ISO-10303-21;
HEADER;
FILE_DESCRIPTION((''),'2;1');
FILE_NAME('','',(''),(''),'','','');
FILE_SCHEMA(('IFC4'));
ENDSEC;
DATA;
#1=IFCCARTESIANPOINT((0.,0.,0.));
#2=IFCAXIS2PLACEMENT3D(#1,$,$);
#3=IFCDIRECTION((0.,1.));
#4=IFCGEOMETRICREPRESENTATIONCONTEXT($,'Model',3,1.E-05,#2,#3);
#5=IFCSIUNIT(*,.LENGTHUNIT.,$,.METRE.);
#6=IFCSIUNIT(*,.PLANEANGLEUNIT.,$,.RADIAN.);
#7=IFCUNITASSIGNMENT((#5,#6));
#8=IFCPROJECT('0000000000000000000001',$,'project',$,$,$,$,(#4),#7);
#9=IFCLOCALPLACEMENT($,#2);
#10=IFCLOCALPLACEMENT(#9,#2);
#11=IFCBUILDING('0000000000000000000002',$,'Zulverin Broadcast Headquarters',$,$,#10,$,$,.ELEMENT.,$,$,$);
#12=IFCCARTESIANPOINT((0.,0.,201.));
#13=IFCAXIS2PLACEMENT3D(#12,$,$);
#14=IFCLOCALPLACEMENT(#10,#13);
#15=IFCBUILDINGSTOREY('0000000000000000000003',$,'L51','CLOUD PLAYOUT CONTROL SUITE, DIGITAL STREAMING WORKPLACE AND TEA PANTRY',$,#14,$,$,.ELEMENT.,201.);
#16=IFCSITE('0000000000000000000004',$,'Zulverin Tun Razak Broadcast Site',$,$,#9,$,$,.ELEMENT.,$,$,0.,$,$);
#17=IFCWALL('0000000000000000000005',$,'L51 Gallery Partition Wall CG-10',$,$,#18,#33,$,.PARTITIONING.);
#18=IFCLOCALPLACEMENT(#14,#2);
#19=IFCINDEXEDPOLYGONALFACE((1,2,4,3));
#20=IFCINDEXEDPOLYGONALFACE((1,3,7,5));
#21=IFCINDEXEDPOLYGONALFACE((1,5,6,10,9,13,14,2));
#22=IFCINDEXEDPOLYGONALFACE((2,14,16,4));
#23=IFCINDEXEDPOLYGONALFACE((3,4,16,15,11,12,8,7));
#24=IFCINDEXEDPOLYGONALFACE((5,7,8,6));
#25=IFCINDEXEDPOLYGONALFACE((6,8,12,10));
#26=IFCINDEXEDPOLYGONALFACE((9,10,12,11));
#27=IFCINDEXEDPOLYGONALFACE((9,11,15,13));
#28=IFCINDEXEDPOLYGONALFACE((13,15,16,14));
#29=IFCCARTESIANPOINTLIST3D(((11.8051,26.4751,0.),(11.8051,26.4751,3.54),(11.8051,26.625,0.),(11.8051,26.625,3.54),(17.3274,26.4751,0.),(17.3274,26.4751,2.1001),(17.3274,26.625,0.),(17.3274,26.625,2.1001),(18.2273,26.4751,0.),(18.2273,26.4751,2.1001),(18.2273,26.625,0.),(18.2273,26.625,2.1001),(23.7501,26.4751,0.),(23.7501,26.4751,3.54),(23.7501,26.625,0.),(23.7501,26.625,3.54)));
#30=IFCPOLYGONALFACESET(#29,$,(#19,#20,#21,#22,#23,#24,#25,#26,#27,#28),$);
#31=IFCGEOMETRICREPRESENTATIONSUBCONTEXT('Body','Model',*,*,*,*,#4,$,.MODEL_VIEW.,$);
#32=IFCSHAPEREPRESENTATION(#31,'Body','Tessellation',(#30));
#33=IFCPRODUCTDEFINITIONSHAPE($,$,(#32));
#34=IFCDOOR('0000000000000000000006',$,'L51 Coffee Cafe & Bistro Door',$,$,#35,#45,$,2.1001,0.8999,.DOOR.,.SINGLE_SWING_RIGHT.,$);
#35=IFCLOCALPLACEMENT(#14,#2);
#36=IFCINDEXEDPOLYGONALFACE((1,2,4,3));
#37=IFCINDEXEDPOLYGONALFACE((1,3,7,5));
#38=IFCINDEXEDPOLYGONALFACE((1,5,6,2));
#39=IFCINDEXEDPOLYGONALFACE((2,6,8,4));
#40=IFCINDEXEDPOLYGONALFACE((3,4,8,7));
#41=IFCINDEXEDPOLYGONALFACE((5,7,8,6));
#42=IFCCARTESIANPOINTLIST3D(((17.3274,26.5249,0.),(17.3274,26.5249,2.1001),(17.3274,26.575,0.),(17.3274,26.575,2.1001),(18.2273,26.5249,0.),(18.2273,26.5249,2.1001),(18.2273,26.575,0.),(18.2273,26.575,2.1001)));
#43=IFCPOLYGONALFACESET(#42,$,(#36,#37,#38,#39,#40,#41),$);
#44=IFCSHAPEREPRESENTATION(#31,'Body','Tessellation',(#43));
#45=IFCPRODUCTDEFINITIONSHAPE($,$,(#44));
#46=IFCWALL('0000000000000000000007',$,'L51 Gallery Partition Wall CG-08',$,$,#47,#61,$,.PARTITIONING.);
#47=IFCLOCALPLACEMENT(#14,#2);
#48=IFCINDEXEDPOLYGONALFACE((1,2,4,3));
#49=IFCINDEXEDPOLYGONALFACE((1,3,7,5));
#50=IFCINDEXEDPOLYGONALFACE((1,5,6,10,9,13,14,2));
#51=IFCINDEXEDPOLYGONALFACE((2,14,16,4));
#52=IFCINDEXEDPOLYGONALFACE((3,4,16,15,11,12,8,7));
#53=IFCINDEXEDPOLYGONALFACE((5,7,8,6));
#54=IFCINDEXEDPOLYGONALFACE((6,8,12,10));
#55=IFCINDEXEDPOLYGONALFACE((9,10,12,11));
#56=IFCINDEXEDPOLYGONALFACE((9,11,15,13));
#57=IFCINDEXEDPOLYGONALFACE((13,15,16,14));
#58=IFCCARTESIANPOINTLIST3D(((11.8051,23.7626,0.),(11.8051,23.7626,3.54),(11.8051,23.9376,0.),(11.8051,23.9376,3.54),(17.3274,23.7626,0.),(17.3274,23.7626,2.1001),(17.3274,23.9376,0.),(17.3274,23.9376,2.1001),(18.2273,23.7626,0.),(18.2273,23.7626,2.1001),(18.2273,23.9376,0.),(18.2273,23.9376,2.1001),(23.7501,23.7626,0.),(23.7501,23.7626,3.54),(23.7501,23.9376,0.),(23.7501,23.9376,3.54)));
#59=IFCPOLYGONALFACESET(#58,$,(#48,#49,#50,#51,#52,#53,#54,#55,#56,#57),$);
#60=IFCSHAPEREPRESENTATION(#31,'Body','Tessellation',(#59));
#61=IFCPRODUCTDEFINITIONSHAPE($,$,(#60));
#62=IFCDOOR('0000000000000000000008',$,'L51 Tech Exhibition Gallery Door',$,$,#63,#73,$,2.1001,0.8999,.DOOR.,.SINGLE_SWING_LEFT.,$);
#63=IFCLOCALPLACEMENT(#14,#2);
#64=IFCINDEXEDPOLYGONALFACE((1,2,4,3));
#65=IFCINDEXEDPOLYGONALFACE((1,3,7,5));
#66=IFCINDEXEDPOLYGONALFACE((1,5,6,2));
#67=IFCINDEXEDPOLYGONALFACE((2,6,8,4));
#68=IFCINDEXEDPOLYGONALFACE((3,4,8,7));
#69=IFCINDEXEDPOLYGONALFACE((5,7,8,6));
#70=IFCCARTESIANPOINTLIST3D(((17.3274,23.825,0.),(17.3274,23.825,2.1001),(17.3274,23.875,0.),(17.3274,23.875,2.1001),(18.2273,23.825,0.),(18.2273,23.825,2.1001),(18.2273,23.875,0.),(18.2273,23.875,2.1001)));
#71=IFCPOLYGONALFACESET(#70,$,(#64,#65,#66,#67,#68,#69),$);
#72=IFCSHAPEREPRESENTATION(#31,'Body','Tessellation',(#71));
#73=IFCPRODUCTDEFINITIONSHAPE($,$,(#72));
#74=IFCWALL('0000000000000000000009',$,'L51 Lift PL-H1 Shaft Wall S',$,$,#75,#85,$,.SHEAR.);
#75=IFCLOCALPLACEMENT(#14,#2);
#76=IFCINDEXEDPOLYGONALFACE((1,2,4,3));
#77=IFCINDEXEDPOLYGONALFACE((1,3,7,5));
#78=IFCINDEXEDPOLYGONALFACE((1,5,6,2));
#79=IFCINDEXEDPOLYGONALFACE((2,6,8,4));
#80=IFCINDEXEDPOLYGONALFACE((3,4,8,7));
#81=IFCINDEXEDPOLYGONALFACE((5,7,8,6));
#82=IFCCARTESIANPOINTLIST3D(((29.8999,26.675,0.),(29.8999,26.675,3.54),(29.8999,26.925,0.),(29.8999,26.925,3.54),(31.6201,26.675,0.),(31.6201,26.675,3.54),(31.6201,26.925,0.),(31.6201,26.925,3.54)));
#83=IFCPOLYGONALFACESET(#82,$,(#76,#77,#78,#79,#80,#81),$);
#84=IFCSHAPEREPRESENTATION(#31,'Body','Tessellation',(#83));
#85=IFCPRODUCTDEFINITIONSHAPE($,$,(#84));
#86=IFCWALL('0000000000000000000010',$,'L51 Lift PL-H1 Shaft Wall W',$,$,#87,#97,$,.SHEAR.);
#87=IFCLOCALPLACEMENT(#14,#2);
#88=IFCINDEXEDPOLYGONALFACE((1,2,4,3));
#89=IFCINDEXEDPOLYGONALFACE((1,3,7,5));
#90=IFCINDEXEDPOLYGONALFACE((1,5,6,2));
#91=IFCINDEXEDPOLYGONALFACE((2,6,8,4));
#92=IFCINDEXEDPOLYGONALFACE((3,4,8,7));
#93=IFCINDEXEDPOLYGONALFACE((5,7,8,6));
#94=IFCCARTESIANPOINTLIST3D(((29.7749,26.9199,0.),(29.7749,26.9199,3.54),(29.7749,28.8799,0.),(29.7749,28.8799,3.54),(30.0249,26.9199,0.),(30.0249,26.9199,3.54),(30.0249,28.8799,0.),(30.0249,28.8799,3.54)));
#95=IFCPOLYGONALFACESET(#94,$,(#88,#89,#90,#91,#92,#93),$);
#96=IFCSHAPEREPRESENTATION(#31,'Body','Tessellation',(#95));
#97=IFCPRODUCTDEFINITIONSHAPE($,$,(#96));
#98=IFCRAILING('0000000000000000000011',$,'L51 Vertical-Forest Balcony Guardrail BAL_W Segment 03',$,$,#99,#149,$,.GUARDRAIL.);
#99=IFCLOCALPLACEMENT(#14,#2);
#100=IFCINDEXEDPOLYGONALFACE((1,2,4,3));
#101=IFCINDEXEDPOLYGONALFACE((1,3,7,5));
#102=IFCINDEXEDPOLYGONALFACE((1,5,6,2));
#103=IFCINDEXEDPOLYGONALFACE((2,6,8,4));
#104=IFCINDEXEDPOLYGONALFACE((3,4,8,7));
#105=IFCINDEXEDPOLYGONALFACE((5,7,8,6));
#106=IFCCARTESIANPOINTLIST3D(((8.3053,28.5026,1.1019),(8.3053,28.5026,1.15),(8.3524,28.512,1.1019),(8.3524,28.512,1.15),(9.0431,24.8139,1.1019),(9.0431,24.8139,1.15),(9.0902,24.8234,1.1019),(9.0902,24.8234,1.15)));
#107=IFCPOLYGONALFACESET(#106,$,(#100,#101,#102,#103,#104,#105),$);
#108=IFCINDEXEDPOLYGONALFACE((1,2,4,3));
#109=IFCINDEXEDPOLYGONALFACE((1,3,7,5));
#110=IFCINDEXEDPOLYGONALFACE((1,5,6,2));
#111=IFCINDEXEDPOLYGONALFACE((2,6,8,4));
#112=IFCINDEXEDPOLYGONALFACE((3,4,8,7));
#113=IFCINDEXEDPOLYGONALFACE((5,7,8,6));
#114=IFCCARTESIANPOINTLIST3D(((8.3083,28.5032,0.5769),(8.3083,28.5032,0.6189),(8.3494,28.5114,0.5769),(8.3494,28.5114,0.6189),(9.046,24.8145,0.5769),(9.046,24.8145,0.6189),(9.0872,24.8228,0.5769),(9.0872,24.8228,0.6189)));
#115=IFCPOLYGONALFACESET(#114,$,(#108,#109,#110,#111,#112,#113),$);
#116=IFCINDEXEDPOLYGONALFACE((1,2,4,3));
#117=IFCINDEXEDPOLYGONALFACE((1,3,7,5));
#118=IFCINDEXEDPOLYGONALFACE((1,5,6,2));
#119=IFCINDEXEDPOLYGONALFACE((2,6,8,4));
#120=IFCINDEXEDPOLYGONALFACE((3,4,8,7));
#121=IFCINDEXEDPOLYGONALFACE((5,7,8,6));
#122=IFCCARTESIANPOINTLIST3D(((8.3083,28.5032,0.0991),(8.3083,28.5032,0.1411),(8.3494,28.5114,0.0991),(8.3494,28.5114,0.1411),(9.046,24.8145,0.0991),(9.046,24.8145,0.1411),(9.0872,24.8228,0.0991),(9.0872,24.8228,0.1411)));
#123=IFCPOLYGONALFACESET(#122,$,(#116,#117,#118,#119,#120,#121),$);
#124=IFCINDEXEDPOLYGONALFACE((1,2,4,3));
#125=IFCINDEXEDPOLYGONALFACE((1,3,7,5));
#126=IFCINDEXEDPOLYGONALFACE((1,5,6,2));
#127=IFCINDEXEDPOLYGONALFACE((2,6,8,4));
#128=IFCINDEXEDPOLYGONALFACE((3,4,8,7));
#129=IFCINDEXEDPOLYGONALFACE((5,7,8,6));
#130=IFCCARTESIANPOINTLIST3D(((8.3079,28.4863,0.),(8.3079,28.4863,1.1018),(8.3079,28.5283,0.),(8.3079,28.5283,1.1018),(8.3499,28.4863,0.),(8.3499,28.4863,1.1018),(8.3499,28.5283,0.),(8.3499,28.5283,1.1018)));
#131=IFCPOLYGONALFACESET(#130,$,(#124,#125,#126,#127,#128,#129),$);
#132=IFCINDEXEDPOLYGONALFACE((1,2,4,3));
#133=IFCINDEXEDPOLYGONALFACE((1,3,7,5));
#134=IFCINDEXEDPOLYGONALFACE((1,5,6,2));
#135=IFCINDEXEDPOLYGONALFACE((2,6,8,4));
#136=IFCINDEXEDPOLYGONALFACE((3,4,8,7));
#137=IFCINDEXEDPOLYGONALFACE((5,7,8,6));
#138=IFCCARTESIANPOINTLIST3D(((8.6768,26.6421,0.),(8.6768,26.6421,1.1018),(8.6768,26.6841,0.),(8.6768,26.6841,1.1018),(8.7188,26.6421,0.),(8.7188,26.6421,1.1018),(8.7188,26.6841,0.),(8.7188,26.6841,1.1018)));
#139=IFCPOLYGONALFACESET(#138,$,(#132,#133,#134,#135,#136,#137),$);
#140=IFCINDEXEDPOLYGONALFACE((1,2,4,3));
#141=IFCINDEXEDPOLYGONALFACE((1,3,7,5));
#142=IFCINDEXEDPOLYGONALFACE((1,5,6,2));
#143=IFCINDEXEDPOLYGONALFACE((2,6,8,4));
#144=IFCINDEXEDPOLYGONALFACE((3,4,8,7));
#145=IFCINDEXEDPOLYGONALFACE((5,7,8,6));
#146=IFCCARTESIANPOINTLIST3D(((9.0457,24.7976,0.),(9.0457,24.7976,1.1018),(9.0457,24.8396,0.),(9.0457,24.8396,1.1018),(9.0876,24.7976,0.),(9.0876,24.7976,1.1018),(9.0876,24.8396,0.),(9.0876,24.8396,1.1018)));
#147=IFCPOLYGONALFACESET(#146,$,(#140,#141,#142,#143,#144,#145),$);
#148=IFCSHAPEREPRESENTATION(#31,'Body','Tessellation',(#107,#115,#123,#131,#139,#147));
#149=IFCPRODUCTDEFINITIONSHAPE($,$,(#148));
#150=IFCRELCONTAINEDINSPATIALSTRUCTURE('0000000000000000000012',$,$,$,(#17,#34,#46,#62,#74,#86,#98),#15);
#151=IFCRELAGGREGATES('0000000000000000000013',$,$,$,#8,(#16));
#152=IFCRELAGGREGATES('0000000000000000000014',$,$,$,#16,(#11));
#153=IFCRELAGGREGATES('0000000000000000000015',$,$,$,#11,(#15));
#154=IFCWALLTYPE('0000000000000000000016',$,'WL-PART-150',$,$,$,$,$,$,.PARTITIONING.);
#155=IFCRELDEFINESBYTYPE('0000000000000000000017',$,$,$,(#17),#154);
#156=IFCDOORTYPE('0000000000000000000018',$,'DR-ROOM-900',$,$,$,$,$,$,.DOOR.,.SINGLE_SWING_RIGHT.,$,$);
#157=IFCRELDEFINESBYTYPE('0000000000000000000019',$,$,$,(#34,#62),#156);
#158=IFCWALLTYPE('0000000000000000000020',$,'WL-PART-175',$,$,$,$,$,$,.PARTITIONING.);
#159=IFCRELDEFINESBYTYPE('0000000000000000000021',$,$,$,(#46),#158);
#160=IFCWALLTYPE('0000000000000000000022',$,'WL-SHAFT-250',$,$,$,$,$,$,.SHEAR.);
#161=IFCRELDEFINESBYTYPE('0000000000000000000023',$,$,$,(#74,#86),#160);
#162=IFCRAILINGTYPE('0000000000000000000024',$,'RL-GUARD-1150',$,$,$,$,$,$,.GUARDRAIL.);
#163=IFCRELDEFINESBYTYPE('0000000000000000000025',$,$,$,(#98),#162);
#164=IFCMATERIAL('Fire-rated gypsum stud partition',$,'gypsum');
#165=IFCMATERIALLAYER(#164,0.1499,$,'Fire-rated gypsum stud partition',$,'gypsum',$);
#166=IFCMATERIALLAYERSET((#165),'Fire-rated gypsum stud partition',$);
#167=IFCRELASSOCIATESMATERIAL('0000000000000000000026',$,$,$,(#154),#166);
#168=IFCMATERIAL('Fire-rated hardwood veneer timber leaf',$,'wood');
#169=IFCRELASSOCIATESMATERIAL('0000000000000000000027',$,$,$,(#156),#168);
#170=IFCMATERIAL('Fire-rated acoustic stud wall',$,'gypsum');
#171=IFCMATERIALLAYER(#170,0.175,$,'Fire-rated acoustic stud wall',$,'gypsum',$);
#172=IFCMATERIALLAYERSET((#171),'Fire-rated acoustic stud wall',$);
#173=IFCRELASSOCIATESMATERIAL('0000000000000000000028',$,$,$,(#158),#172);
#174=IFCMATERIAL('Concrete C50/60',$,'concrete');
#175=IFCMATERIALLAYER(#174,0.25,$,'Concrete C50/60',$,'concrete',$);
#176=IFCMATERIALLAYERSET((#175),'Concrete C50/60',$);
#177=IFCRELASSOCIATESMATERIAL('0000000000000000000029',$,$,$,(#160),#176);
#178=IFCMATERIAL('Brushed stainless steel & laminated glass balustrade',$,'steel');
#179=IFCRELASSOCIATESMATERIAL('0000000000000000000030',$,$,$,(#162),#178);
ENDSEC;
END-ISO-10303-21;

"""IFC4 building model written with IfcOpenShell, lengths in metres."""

from ifc_helpers import new_model, si_unit, direction, frame, frame_2d, origin, origin_2d, place, context, subcontext, project, spatial, rectangle, extrude, material, layer, layer_set, type_object, element, fill, save


model = new_model("IFC4")

# Units and contexts
model_context = context("Model", 3, precision=1e-05, world=origin(), true_north=direction((0.0, 1.0)))
body_context = subcontext(model_context, "Body", "Model", "MODEL_VIEW")
ifc_project = project(units=[si_unit("LENGTHUNIT", "METRE"), si_unit("PLANEANGLEUNIT", "RADIAN")], contexts=[model_context])

# Site, building, storey
site_placement = place(None, origin())
site = spatial("IfcSite", under=ifc_project, at=site_placement, Name="Zulverin Tun Razak Broadcast Site", CompositionType="ELEMENT", RefElevation=0.0)
building_placement = place(site_placement, origin())
building = spatial("IfcBuilding", under=site, at=building_placement, Name="Zulverin Broadcast Headquarters", CompositionType="ELEMENT")
storey_placement = place(building_placement, frame((0.0, 0.0, 201.0)))
storey = spatial("IfcBuildingStorey", under=building, at=storey_placement, Name="L51", Description="CLOUD PLAYOUT CONTROL SUITE, DIGITAL STREAMING WORKPLACE AND TEA PANTRY", CompositionType="ELEMENT", Elevation=201.0)

# Shared definitions
ifc_material_1 = material(Name="Fire-rated gypsum stud partition", Category="gypsum")
ifc_layer_1 = layer(ifc_material_1, 0.1499, Name="Fire-rated gypsum stud partition", Category="gypsum")
ifc_layer_set_1 = layer_set([ifc_layer_1], Name="Fire-rated gypsum stud partition")
wall_type_1 = type_object("IfcWallType", Name="WL-PART-150", PredefinedType="PARTITIONING", material=ifc_layer_set_1)

# Walls, openings, doors
wall_1_placement = place(storey_placement, frame((11.8049, 26.55, 0.0), z_axis=(0.0, 0.0, 1.0), x_axis=(1.0, 0.0, 0.0)))
wall_1 = element("IfcWall", 1, at=wall_1_placement, inside=storey, type_object=wall_type_1, Name="L51 Gallery Partition Wall CG-10", PredefinedType="PARTITIONING", context=body_context, shape_type="SweptSolid", body=[
    extrude(rectangle(XDim=11.9451, YDim=0.1499, at=frame_2d((5.9727, 0.0))), origin(), (0.0, 0.0, 1.0), 3.54),
])
opening_1_placement = place(wall_1_placement, frame((5.5225, 0.0, 0.0)))
opening_1 = element("IfcOpeningElement", 2, at=opening_1_placement, cuts=wall_1, PredefinedType="OPENING", context=body_context, shape_type="SweptSolid", body=[
    extrude(rectangle(XDim=0.8999, YDim=2.1001, at=frame_2d((0.45, 1.05))), frame((0.0, 0.085, 0.0), z_axis=(0.0, -1.0, 0.0), x_axis=(1.0, 0.0, 0.0)), (0.0, 0.0, 1.0), 0.1699),
])
ifc_material_2 = material(Name="Fire-rated hardwood veneer timber leaf", Category="wood")
door_type_1 = type_object("IfcDoorType", Name="DR-ROOM-900", OperationType="SINGLE_SWING_RIGHT", PredefinedType="DOOR", material=ifc_material_2)
door_1_placement = place(opening_1_placement, origin())
door_1 = element("IfcDoor", 3, at=door_1_placement, inside=storey, type_object=door_type_1, Name="L51 Coffee Cafe & Bistro Door", OperationType="SINGLE_SWING_RIGHT", OverallHeight=2.1001, OverallWidth=0.8999, PredefinedType="DOOR", context=body_context, shape_type="SweptSolid", body=[
    extrude(rectangle(XDim=0.8999, YDim=2.1001, at=frame_2d((0.45, 1.05))), frame((0.0, 0.0249, 0.0), z_axis=(0.0, -1.0, 0.0), x_axis=(1.0, 0.0, 0.0)), (0.0, 0.0, 1.0), 0.05),
])
fill(opening_1, door_1)
ifc_material_3 = material(Name="Fire-rated acoustic stud wall", Category="gypsum")
ifc_layer_2 = layer(ifc_material_3, 0.175, Name="Fire-rated acoustic stud wall", Category="gypsum")
ifc_layer_set_2 = layer_set([ifc_layer_2], Name="Fire-rated acoustic stud wall")
wall_type_2 = type_object("IfcWallType", Name="WL-PART-175", PredefinedType="PARTITIONING", material=ifc_layer_set_2)
wall_2_placement = place(storey_placement, frame((11.8049, 23.8501, 0.0), z_axis=(0.0, 0.0, 1.0), x_axis=(1.0, 0.0, 0.0)))
wall_2 = element("IfcWall", 4, at=wall_2_placement, inside=storey, type_object=wall_type_2, Name="L51 Gallery Partition Wall CG-08", PredefinedType="PARTITIONING", context=body_context, shape_type="SweptSolid", body=[
    extrude(rectangle(XDim=11.9451, YDim=0.175, at=frame_2d((5.9727, 0.0))), origin(), (0.0, 0.0, 1.0), 3.54),
])
opening_2_placement = place(wall_2_placement, frame((5.5225, 0.0, 0.0)))
opening_2 = element("IfcOpeningElement", 5, at=opening_2_placement, cuts=wall_2, PredefinedType="OPENING", context=body_context, shape_type="SweptSolid", body=[
    extrude(rectangle(XDim=0.8999, YDim=2.1001, at=frame_2d((0.45, 1.05))), frame((0.0, 0.0974, 0.0), z_axis=(0.0, -1.0, 0.0), x_axis=(1.0, 0.0, 0.0)), (0.0, 0.0, 1.0), 0.1951),
])
door_2_placement = place(opening_2_placement, origin())
door_2 = element("IfcDoor", 6, at=door_2_placement, inside=storey, type_object=door_type_1, Name="L51 Tech Exhibition Gallery Door", OperationType="SINGLE_SWING_LEFT", OverallHeight=2.1001, OverallWidth=0.8999, PredefinedType="DOOR", context=body_context, shape_type="SweptSolid", body=[
    extrude(rectangle(XDim=0.8999, YDim=2.1001, at=frame_2d((0.45, 1.05))), frame((0.0, 0.0249, 0.0), z_axis=(0.0, -1.0, 0.0), x_axis=(1.0, 0.0, 0.0)), (0.0, 0.0, 1.0), 0.05),
])
fill(opening_2, door_2)
ifc_material_4 = material(Name="Concrete C50/60", Category="concrete")
ifc_layer_3 = layer(ifc_material_4, 0.25, Name="Concrete C50/60", Category="concrete")
ifc_layer_set_3 = layer_set([ifc_layer_3], Name="Concrete C50/60")
wall_type_3 = type_object("IfcWallType", Name="WL-SHAFT-250", PredefinedType="SHEAR", material=ifc_layer_set_3)

# Walls
wall_3_placement = place(storey_placement, frame((29.8999, 26.8, 0.0), z_axis=(0.0, 0.0, 1.0), x_axis=(1.0, 0.0, 0.0)))
element("IfcWall", 7, at=wall_3_placement, inside=storey, type_object=wall_type_3, Name="L51 Lift PL-H1 Shaft Wall S", PredefinedType="SHEAR", context=body_context, shape_type="SweptSolid", body=[
    extrude(rectangle(XDim=1.7202, YDim=0.25, at=frame_2d((0.8601, 0.0))), origin(), (0.0, 0.0, 1.0), 3.54),
])
wall_4_placement = place(storey_placement, frame((29.8999, 26.9199, 0.0), z_axis=(0.0, 0.0, 1.0), x_axis=(0.0, 1.0, 0.0)))
element("IfcWall", 8, at=wall_4_placement, inside=storey, type_object=wall_type_3, Name="L51 Lift PL-H1 Shaft Wall W", PredefinedType="SHEAR", context=body_context, shape_type="SweptSolid", body=[
    extrude(rectangle(XDim=1.96, YDim=0.25, at=frame_2d((0.98, 0.0))), origin(), (0.0, 0.0, 1.0), 3.54),
])

# Railing
ifc_material_5 = material(Name="Brushed stainless steel & laminated glass balustrade", Category="steel")
railing_type = type_object("IfcRailingType", Name="RL-GUARD-1150", PredefinedType="GUARDRAIL", material=ifc_material_5)
railing_1_placement = place(storey_placement, frame((8.3289, 28.5073, 0.0)))
element("IfcRailing", 9, at=railing_1_placement, inside=storey, type_object=railing_type, Name="L51 Vertical-Forest Balcony Guardrail BAL_W Segment 03", PredefinedType="GUARDRAIL", context=body_context, shape_type="SweptSolid", body=[
    extrude(rectangle(XDim=0.0481, YDim=0.0481, at=origin_2d()), frame((0.0, 0.0, 1.126), z_axis=(0.196129, -0.980578, 0.0), x_axis=(0.980578, 0.196129, 0.0)), (0.0, 0.0, 1.0), 3.7617),
    extrude(rectangle(XDim=0.042, YDim=0.042, at=origin_2d()), frame((0.0, 0.0, 0.5979), z_axis=(0.196129, -0.980578, 0.0), x_axis=(0.980578, 0.196129, 0.0)), (0.0, 0.0, 1.0), 3.7617),
    extrude(rectangle(XDim=0.042, YDim=0.042, at=origin_2d()), frame((0.0, 0.0, 0.1201), z_axis=(0.196129, -0.980578, 0.0), x_axis=(0.980578, 0.196129, 0.0)), (0.0, 0.0, 1.0), 3.7617),
    extrude(rectangle(XDim=0.042, YDim=0.042, at=origin_2d()), origin(), (0.0, 0.0, 1.0), 1.1018),
    extrude(rectangle(XDim=0.042, YDim=0.042, at=origin_2d()), frame((0.3689, -1.8442, 0.0)), (0.0, 0.0, 1.0), 1.1018),
    extrude(rectangle(XDim=0.042, YDim=0.042, at=origin_2d()), frame((0.7378, -3.6887, 0.0)), (0.0, 0.0, 1.0), 1.1018),
])

save(model, "model.ifc")
